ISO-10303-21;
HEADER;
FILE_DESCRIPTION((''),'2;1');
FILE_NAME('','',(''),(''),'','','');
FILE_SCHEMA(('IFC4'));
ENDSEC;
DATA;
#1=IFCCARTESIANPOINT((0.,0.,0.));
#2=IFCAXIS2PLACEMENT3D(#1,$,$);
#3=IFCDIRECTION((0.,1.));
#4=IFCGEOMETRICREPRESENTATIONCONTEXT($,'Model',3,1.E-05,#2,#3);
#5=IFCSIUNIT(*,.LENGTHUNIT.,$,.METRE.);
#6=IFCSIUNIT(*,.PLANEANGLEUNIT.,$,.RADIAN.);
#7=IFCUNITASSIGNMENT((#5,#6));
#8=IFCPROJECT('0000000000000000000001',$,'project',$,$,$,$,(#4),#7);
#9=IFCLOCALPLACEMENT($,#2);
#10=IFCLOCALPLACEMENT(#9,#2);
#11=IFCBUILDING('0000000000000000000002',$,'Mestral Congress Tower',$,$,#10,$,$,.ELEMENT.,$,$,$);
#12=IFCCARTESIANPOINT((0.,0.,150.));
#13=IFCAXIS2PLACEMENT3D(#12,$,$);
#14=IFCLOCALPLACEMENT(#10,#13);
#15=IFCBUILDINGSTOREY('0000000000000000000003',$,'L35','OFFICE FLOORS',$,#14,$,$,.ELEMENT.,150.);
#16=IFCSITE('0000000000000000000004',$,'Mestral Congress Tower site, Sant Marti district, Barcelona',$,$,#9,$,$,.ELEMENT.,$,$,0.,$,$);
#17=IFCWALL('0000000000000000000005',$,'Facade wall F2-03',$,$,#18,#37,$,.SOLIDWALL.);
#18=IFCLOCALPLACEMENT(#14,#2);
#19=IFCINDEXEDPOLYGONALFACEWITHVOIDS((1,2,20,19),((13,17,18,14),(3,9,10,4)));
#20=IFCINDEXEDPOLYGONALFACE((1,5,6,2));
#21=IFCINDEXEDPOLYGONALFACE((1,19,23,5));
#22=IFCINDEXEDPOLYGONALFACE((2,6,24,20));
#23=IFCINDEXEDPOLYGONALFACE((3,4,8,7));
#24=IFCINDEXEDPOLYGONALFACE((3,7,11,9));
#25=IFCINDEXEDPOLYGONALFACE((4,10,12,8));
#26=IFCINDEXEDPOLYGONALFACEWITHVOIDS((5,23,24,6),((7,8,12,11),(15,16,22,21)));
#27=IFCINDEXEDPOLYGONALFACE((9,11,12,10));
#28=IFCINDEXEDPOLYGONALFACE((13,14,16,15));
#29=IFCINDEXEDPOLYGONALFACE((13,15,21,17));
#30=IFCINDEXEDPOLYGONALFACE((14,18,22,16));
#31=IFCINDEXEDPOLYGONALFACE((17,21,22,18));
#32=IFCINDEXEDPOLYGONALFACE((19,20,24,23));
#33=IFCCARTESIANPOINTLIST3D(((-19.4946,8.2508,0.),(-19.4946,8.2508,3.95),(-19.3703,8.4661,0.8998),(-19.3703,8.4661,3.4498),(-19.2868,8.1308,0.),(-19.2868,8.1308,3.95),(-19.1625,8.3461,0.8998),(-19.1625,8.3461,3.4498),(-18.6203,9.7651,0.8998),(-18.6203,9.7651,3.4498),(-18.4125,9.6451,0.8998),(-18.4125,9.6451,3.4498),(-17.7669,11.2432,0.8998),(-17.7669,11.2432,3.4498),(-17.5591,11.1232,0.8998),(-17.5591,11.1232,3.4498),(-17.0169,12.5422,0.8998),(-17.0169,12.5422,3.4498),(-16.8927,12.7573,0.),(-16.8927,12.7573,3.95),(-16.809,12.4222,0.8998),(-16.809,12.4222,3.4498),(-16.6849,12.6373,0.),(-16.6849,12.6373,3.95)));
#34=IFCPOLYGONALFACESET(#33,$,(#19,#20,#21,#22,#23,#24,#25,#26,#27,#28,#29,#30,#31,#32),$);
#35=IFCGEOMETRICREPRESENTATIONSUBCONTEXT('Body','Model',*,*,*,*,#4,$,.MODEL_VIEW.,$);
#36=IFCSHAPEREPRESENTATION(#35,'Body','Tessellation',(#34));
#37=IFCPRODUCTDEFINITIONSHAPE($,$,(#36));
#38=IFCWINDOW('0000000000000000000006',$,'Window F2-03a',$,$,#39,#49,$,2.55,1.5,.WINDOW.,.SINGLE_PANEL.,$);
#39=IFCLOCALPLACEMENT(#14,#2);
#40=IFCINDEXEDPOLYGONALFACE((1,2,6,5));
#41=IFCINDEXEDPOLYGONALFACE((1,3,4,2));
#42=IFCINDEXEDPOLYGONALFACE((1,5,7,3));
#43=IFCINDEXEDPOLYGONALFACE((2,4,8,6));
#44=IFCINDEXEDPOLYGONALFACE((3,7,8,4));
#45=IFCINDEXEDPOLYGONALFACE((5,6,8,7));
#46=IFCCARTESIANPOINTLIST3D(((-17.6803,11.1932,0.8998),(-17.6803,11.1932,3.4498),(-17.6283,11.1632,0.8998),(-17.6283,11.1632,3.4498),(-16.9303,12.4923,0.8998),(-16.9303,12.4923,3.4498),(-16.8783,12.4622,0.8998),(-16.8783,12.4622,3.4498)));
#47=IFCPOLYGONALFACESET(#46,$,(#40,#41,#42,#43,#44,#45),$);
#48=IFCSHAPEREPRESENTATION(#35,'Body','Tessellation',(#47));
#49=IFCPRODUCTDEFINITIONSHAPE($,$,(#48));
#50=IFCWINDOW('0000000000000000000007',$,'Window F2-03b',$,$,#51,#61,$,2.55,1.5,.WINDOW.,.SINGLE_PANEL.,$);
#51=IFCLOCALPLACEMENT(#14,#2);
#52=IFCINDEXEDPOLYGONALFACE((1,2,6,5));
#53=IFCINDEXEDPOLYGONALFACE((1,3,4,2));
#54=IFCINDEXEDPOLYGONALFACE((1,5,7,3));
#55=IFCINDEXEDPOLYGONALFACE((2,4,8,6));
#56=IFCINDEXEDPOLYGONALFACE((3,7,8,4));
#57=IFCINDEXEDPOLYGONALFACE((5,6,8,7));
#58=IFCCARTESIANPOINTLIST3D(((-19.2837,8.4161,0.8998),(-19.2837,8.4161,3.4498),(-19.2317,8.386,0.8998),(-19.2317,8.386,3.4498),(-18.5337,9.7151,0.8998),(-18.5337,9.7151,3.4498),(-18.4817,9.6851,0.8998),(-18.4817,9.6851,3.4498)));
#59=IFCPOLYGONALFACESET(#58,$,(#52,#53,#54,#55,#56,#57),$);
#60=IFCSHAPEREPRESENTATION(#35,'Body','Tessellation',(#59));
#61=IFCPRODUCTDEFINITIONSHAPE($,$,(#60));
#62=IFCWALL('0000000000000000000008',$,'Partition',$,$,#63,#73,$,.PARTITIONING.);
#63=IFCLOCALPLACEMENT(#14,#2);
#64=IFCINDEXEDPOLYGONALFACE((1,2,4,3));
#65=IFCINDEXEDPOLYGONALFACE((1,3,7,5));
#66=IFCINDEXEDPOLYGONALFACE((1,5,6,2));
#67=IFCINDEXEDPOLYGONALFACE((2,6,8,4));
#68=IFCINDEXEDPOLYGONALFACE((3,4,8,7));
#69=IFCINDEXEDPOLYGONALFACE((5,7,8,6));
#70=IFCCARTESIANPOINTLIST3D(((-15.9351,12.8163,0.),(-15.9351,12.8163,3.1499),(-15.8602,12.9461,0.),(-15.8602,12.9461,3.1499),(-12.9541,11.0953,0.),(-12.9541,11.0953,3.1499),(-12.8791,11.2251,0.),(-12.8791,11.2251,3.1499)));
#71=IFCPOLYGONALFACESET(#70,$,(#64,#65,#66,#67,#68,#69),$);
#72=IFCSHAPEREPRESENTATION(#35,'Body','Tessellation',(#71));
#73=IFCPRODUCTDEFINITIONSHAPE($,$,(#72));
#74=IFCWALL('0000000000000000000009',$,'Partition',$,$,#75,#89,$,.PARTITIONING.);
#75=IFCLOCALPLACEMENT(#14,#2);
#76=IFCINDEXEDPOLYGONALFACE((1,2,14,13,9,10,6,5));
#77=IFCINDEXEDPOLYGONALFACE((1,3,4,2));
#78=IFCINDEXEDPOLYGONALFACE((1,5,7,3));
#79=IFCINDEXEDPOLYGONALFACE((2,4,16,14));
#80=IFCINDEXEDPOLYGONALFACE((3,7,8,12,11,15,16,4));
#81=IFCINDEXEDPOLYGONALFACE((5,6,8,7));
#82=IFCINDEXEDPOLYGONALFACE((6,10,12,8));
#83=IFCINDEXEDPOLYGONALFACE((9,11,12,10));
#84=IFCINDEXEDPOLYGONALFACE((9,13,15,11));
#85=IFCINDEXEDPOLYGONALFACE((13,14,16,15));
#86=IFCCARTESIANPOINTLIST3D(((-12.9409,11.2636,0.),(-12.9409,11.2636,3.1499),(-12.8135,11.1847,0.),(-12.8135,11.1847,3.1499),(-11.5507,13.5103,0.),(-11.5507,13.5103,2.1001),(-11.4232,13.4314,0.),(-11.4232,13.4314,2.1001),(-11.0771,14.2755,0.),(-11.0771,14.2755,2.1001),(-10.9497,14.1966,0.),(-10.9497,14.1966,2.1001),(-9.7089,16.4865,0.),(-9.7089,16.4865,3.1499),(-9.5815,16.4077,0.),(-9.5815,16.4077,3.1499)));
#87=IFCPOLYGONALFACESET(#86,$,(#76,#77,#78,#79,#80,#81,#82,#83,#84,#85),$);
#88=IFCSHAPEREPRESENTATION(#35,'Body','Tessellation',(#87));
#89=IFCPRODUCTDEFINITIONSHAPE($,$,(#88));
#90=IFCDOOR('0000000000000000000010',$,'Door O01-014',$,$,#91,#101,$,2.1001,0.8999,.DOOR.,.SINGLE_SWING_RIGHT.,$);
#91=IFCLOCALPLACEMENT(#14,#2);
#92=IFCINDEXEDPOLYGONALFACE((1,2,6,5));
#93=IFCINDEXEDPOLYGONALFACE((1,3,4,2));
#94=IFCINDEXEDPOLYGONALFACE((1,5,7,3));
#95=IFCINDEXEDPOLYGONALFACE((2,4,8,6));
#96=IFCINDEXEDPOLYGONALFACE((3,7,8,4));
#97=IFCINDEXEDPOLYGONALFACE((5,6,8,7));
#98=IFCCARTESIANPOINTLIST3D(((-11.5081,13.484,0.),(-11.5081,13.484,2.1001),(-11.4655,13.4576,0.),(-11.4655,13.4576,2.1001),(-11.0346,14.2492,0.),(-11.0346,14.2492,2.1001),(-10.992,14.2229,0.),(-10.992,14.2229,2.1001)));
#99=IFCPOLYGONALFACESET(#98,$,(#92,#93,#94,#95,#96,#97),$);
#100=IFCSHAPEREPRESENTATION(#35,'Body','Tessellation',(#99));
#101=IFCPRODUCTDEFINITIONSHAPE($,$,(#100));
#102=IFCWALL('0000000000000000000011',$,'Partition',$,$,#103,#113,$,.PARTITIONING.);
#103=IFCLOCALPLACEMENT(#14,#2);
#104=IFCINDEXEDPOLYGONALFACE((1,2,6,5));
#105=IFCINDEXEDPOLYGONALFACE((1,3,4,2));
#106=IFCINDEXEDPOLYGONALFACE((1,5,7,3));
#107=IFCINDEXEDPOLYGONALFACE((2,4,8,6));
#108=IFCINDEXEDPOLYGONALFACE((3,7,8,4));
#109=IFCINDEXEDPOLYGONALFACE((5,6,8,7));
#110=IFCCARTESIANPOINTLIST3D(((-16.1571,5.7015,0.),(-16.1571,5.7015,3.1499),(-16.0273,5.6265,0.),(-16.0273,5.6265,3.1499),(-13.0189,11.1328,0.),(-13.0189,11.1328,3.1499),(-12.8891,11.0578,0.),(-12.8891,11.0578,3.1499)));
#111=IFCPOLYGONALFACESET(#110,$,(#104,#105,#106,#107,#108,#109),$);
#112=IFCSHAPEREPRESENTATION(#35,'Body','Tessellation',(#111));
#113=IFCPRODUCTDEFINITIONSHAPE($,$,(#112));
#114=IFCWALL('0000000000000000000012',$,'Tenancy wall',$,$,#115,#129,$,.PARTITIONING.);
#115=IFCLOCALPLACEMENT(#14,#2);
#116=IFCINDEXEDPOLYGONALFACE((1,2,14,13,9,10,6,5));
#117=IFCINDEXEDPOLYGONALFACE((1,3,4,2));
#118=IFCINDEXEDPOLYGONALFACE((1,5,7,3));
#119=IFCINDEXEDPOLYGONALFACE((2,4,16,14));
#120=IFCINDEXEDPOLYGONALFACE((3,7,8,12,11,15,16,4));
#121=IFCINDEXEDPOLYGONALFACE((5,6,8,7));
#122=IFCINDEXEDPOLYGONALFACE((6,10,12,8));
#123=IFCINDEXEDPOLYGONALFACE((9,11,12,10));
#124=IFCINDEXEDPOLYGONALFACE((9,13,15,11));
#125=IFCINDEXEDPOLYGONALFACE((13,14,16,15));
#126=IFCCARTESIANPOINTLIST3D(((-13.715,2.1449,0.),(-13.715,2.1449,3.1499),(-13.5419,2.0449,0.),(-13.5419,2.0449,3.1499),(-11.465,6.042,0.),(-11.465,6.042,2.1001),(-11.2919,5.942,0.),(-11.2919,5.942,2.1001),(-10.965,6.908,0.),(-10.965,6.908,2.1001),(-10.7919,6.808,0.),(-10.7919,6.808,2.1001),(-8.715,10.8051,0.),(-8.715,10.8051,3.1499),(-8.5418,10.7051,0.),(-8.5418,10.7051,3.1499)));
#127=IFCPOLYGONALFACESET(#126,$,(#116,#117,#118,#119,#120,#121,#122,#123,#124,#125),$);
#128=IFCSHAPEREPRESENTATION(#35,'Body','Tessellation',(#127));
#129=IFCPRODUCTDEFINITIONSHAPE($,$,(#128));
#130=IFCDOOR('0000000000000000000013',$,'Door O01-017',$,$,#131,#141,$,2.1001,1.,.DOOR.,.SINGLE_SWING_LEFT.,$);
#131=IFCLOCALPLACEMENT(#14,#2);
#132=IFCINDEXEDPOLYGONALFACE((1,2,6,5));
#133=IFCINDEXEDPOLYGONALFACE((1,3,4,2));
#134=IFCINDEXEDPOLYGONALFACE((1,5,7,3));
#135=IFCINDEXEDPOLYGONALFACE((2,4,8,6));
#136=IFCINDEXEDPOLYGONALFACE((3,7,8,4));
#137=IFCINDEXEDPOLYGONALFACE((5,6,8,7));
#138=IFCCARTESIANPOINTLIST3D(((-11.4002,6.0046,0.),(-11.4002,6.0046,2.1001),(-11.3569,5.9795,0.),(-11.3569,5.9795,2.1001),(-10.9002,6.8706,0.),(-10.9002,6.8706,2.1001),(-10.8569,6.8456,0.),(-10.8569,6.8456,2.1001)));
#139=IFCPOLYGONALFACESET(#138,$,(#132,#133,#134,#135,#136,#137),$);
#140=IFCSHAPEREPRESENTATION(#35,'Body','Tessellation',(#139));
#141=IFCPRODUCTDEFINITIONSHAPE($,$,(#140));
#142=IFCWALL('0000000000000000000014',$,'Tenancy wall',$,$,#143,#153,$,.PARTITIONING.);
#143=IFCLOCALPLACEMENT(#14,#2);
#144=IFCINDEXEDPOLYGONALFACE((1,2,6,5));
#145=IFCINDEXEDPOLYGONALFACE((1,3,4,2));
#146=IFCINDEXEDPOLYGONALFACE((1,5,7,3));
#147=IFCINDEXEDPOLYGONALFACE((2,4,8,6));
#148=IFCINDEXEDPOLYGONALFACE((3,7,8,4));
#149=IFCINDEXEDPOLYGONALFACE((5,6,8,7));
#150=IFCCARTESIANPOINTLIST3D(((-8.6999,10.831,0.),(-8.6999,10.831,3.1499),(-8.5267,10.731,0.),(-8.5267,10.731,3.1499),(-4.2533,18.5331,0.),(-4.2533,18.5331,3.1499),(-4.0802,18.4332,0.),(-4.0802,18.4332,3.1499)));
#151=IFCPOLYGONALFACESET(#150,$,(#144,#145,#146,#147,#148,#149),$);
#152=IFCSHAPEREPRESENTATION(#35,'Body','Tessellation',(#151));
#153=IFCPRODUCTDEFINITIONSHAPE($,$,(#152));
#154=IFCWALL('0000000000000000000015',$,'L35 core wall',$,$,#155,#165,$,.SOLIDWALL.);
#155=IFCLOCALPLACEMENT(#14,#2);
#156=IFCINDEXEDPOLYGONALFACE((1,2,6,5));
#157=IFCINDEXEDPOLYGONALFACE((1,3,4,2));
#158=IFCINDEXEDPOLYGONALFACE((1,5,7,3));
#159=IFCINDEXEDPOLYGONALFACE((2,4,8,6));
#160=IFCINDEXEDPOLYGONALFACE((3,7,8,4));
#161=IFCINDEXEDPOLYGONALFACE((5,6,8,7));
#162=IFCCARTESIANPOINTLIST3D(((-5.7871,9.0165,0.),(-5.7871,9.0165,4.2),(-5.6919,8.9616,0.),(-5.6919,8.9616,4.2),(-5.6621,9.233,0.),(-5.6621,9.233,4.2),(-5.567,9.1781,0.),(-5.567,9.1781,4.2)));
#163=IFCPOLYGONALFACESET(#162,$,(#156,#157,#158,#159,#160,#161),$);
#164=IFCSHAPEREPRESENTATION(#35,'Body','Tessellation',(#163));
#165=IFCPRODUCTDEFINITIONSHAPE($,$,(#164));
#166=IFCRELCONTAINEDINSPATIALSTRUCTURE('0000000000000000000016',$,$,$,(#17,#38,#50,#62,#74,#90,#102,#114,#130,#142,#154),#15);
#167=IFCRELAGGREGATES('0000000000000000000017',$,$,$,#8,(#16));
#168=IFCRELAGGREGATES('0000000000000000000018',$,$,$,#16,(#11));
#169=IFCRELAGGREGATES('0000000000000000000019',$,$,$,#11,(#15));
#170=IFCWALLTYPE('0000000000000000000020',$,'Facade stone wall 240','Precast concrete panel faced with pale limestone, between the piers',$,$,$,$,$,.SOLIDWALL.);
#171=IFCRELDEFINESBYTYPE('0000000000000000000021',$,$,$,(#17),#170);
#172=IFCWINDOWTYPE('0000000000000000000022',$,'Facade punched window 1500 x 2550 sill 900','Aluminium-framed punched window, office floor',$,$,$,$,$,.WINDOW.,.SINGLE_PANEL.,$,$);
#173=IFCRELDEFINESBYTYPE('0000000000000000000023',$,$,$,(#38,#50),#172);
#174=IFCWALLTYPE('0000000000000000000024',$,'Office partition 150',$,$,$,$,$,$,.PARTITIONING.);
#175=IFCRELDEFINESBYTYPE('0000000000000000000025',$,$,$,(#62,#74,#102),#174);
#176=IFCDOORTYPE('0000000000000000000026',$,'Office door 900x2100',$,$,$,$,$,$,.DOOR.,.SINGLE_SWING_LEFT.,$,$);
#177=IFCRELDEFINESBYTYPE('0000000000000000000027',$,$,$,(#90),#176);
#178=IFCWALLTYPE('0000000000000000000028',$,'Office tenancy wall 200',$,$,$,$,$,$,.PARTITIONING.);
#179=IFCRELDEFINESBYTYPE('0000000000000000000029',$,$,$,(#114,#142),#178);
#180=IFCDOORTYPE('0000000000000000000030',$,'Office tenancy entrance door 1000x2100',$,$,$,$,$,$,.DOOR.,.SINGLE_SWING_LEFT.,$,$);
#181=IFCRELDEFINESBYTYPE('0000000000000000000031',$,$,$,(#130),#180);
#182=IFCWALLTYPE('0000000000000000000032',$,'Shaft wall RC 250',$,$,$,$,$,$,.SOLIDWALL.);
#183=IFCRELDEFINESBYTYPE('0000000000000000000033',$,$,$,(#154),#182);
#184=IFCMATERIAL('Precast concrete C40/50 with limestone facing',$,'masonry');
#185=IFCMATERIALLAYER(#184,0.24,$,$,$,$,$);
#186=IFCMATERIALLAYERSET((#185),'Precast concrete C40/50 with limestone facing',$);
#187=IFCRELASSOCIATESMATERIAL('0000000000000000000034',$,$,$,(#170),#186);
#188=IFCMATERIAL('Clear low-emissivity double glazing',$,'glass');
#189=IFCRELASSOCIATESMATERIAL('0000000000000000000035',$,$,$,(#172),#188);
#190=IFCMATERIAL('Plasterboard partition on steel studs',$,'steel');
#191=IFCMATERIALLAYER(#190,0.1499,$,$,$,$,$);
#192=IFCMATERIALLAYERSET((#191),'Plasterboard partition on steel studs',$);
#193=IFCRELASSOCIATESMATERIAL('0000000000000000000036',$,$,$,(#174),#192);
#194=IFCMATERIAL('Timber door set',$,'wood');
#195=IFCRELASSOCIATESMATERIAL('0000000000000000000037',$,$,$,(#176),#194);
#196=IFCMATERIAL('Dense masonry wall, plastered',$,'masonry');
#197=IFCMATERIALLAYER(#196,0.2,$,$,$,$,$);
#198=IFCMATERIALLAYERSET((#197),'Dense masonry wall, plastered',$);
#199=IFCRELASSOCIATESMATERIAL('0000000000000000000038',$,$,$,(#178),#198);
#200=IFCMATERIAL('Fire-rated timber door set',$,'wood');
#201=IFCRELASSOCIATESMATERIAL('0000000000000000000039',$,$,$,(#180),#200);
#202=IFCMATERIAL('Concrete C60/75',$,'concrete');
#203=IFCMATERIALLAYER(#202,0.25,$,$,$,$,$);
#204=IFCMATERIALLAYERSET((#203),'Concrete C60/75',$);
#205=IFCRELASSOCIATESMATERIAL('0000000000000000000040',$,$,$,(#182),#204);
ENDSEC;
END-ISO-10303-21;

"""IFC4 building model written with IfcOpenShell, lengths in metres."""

from ifc_helpers import new_model, si_unit, direction, frame, frame_2d, origin, place, context, subcontext, project, spatial, rectangle, extrude, material, layer, layer_set, type_object, element, fill, save


model = new_model("IFC4")

# Units and contexts
model_context = context("Model", 3, precision=1e-05, world=origin(), true_north=direction((0.0, 1.0)))
body_context = subcontext(model_context, "Body", "Model", "MODEL_VIEW")
ifc_project = project(units=[si_unit("LENGTHUNIT", "METRE"), si_unit("PLANEANGLEUNIT", "RADIAN")], contexts=[model_context])

# Site, building, storey
site_placement = place(None, origin())
site = spatial("IfcSite", under=ifc_project, at=site_placement, Name="Mestral Congress Tower site, Sant Marti district, Barcelona", CompositionType="ELEMENT", RefElevation=0.0)
building_placement = place(site_placement, origin())
building = spatial("IfcBuilding", under=site, at=building_placement, Name="Mestral Congress Tower", CompositionType="ELEMENT")
storey_placement = place(building_placement, frame((0.0, 0.0, 150.0)))
storey = spatial("IfcBuildingStorey", under=building, at=storey_placement, Name="L35", Description="OFFICE FLOORS", CompositionType="ELEMENT", Elevation=150.0)

# Shared definitions
ifc_material_1 = material(Name="Concrete C60/75", Category="concrete")

# Wall, openings, windows
ifc_material_2 = material(Name="Precast concrete C40/50 with limestone facing", Category="masonry")
ifc_layer_1 = layer(ifc_material_2, 0.24)
ifc_layer_set_1 = layer_set([ifc_layer_1], Name="Precast concrete C40/50 with limestone facing")
wall_type_1 = type_object("IfcWallType", Name="Facade stone wall 240", Description="Precast concrete panel faced with pale limestone, between the piers", PredefinedType="SOLIDWALL", material=ifc_layer_set_1)
ifc_material_3 = material(Name="Clear low-emissivity double glazing", Category="glass")
window_type = type_object("IfcWindowType", Name="Facade punched window 1500 x 2550 sill 900", Description="Aluminium-framed punched window, office floor", PartitioningType="SINGLE_PANEL", PredefinedType="WINDOW", material=ifc_material_3)
wall_1_placement = place(storey_placement, frame((-16.7888, 12.6973, 0.0), z_axis=(0.0, 0.0, 1.0), x_axis=(-0.500009, -0.86602, 0.0)))
wall_1 = element("IfcWall", 1, at=wall_1_placement, inside=storey, type_object=wall_type_1, Name="Facade wall F2-03", PredefinedType="SOLIDWALL", context=body_context, shape_type="SweptSolid", body=[
    extrude(rectangle(XDim=5.2036, YDim=0.24, at=frame_2d((2.6018, 0.0))), origin(), (0.0, 0.0, 1.0), 3.95),
])
opening_1_placement = place(wall_1_placement, frame((0.2483, 0.0, 0.8999)))
opening_1 = element("IfcOpeningElement", 2, at=opening_1_placement, cuts=wall_1, PredefinedType="OPENING", context=body_context, shape_type="SweptSolid", body=[
    extrude(rectangle(XDim=1.5, YDim=2.55, at=frame_2d((0.75, 1.2749))), frame((0.0, 0.1299, 0.0), z_axis=(0.0, -1.0, 0.0), x_axis=(1.0, 0.0, 0.0)), (0.0, 0.0, 1.0), 0.26),
])
opening_2_placement = place(wall_1_placement, frame((3.4551, 0.0, 0.8999)))
opening_2 = element("IfcOpeningElement", 3, at=opening_2_placement, cuts=wall_1, PredefinedType="OPENING", context=body_context, shape_type="SweptSolid", body=[
    extrude(rectangle(XDim=1.5, YDim=2.55, at=frame_2d((0.75, 1.2749))), frame((0.0, 0.1299, 0.0), z_axis=(0.0, -1.0, 0.0), x_axis=(1.0, 0.0, 0.0)), (0.0, 0.0, 1.0), 0.26),
])
window_1_placement = place(opening_1_placement, origin())
window_1 = element("IfcWindow", 4, at=window_1_placement, inside=storey, type_object=window_type, Name="Window F2-03a", OverallHeight=2.55, OverallWidth=1.5, PartitioningType="SINGLE_PANEL", PredefinedType="WINDOW", context=body_context, shape_type="SweptSolid", body=[
    extrude(rectangle(XDim=1.5, YDim=2.55, at=frame_2d((0.75, 1.2749))), frame((0.0, 0.04, 0.0), z_axis=(0.0, -1.0, 0.0), x_axis=(1.0, 0.0, 0.0)), (0.0, 0.0, 1.0), 0.0601),
])
fill(opening_1, window_1)
window_2_placement = place(opening_2_placement, origin())
window_2 = element("IfcWindow", 5, at=window_2_placement, inside=storey, type_object=window_type, Name="Window F2-03b", OverallHeight=2.55, OverallWidth=1.5, PartitioningType="SINGLE_PANEL", PredefinedType="WINDOW", context=body_context, shape_type="SweptSolid", body=[
    extrude(rectangle(XDim=1.5, YDim=2.55, at=frame_2d((0.75, 1.2749))), frame((0.0, 0.04, 0.0), z_axis=(0.0, -1.0, 0.0), x_axis=(1.0, 0.0, 0.0)), (0.0, 0.0, 1.0), 0.0601),
])
fill(opening_2, window_2)

# Wall
ifc_material_4 = material(Name="Plasterboard partition on steel studs", Category="steel")
ifc_layer_2 = layer(ifc_material_4, 0.1499)
ifc_layer_set_2 = layer_set([ifc_layer_2], Name="Plasterboard partition on steel studs")
wall_type_2 = type_object("IfcWallType", Name="Office partition 150", PredefinedType="PARTITIONING", material=ifc_layer_set_2)
wall_2_placement = place(storey_placement, frame((-12.9165, 11.1602, 0.0), z_axis=(0.0, 0.0, 1.0), x_axis=(-0.866039, 0.499976, 0.0)))
element("IfcWall", 6, at=wall_2_placement, inside=storey, type_object=wall_type_2, Name="Partition", PredefinedType="PARTITIONING", context=body_context, shape_type="SweptSolid", body=[
    extrude(rectangle(XDim=3.4421, YDim=0.1499, at=frame_2d((1.7212, 0.0))), origin(), (0.0, 0.0, 1.0), 3.1499),
])

# Wall, opening, door
wall_3_placement = place(storey_placement, frame((-12.8772, 11.2241, 0.0), z_axis=(0.0, 0.0, 1.0), x_axis=(0.526203, 0.850359, 0.0)))
wall_3 = element("IfcWall", 7, at=wall_3_placement, inside=storey, type_object=wall_type_2, Name="Partition", PredefinedType="PARTITIONING", context=body_context, shape_type="SweptSolid", body=[
    extrude(rectangle(XDim=6.1421, YDim=0.1499, at=frame_2d((3.071, 0.0))), origin(), (0.0, 0.0, 1.0), 3.1499),
])
opening_3_placement = place(wall_3_placement, frame((2.6421, 0.0, 0.0)))
opening_3 = element("IfcOpeningElement", 8, at=opening_3_placement, cuts=wall_3, PredefinedType="OPENING", context=body_context, shape_type="SweptSolid", body=[
    extrude(rectangle(XDim=0.8999, YDim=2.1001, at=frame_2d((0.45, 1.05))), frame((0.0, 0.085, 0.0), z_axis=(0.0, -1.0, 0.0), x_axis=(1.0, 0.0, 0.0)), (0.0, 0.0, 1.0), 0.1699),
])
ifc_material_5 = material(Name="Timber door set", Category="wood")
door_type_1 = type_object("IfcDoorType", Name="Office door 900x2100", OperationType="SINGLE_SWING_LEFT", PredefinedType="DOOR", material=ifc_material_5)
door_1_placement = place(opening_3_placement, origin())
door_1 = element("IfcDoor", 9, at=door_1_placement, inside=storey, type_object=door_type_1, Name="Door O01-014", OperationType="SINGLE_SWING_RIGHT", OverallHeight=2.1001, OverallWidth=0.8999, PredefinedType="DOOR", context=body_context, shape_type="SweptSolid", body=[
    extrude(rectangle(XDim=0.8999, YDim=2.1001, at=frame_2d((0.45, 1.05))), frame((0.0, 0.0249, 0.0), z_axis=(0.0, -1.0, 0.0), x_axis=(1.0, 0.0, 0.0)), (0.0, 0.0, 1.0), 0.05),
])
fill(opening_3, door_1)

# Wall
wall_4_placement = place(storey_placement, frame((-12.9541, 11.0952, 0.0), z_axis=(0.0, 0.0, 1.0), x_axis=(-0.500283, -0.865862, 0.0)))
element("IfcWall", 10, at=wall_4_placement, inside=storey, type_object=wall_type_2, Name="Partition", PredefinedType="PARTITIONING", context=body_context, shape_type="SweptSolid", body=[
    extrude(rectangle(XDim=6.2727, YDim=0.1499, at=frame_2d((3.1362, 0.0))), origin(), (0.0, 0.0, 1.0), 3.1499),
])

# Wall, opening, door
ifc_material_6 = material(Name="Dense masonry wall, plastered", Category="masonry")
ifc_layer_3 = layer(ifc_material_6, 0.2)
ifc_layer_set_3 = layer_set([ifc_layer_3], Name="Dense masonry wall, plastered")
wall_type_3 = type_object("IfcWallType", Name="Office tenancy wall 200", PredefinedType="PARTITIONING", material=ifc_layer_set_3)
wall_5_placement = place(storey_placement, frame((-8.6284, 10.7551, 0.0), z_axis=(0.0, 0.0, 1.0), x_axis=(-0.500004, -0.866023, 0.0)))
wall_5 = element("IfcWall", 11, at=wall_5_placement, inside=storey, type_object=wall_type_3, Name="Tenancy wall", PredefinedType="PARTITIONING", context=body_context, shape_type="SweptSolid", body=[
    extrude(rectangle(XDim=10.0, YDim=0.2, at=frame_2d((5.0, 0.0))), origin(), (0.0, 0.0, 1.0), 3.1499),
])
opening_4_placement = place(wall_5_placement, frame((4.5, 0.0, 0.0)))
opening_4 = element("IfcOpeningElement", 12, at=opening_4_placement, cuts=wall_5, PredefinedType="OPENING", context=body_context, shape_type="SweptSolid", body=[
    extrude(rectangle(XDim=1.0, YDim=2.1001, at=frame_2d((0.5, 1.05))), frame((0.0, 0.1099, 0.0), z_axis=(0.0, -1.0, 0.0), x_axis=(1.0, 0.0, 0.0)), (0.0, 0.0, 1.0), 0.22),
])
ifc_material_7 = material(Name="Fire-rated timber door set", Category="wood")
door_type_2 = type_object("IfcDoorType", Name="Office tenancy entrance door 1000x2100", OperationType="SINGLE_SWING_LEFT", PredefinedType="DOOR", material=ifc_material_7)
door_2_placement = place(opening_4_placement, origin())
door_2 = element("IfcDoor", 13, at=door_2_placement, inside=storey, type_object=door_type_2, Name="Door O01-017", OperationType="SINGLE_SWING_LEFT", OverallHeight=2.1001, OverallWidth=1.0, PredefinedType="DOOR", context=body_context, shape_type="SweptSolid", body=[
    extrude(rectangle(XDim=1.0, YDim=2.1001, at=frame_2d((0.5, 1.05))), frame((0.0, 0.0249, 0.0), z_axis=(0.0, -1.0, 0.0), x_axis=(1.0, 0.0, 0.0)), (0.0, 0.0, 1.0), 0.05),
])
fill(opening_4, door_2)

# Walls
wall_6_placement = place(storey_placement, frame((-4.1667, 18.4832, 0.0), z_axis=(0.0, 0.0, 1.0), x_axis=(-0.499974, -0.86604, 0.0)))
element("IfcWall", 14, at=wall_6_placement, inside=storey, type_object=wall_type_3, Name="Tenancy wall", PredefinedType="PARTITIONING", context=body_context, shape_type="SweptSolid", body=[
    extrude(rectangle(XDim=8.8936, YDim=0.2, at=frame_2d((4.4468, 0.0))), origin(), (0.0, 0.0, 1.0), 3.1499),
])
ifc_layer_4 = layer(ifc_material_1, 0.25)
ifc_layer_set_4 = layer_set([ifc_layer_4], Name="Concrete C60/75")
wall_type_4 = type_object("IfcWallType", Name="Shaft wall RC 250", PredefinedType="SOLIDWALL", material=ifc_layer_set_4)
wall_7_placement = place(storey_placement, frame((-5.7246, 9.1248, 0.0), z_axis=(0.0, 0.0, 1.0), x_axis=(0.866186, -0.499722, 0.0)))
element("IfcWall", 15, at=wall_7_placement, inside=storey, type_object=wall_type_4, Name="L35 core wall", PredefinedType="SOLIDWALL", context=body_context, shape_type="SweptSolid", body=[
    extrude(rectangle(XDim=0.1099, YDim=0.25, at=frame_2d((0.0549, 0.0))), origin(), (0.0, 0.0, 1.0), 4.2),
])

save(model, "model.ifc")
